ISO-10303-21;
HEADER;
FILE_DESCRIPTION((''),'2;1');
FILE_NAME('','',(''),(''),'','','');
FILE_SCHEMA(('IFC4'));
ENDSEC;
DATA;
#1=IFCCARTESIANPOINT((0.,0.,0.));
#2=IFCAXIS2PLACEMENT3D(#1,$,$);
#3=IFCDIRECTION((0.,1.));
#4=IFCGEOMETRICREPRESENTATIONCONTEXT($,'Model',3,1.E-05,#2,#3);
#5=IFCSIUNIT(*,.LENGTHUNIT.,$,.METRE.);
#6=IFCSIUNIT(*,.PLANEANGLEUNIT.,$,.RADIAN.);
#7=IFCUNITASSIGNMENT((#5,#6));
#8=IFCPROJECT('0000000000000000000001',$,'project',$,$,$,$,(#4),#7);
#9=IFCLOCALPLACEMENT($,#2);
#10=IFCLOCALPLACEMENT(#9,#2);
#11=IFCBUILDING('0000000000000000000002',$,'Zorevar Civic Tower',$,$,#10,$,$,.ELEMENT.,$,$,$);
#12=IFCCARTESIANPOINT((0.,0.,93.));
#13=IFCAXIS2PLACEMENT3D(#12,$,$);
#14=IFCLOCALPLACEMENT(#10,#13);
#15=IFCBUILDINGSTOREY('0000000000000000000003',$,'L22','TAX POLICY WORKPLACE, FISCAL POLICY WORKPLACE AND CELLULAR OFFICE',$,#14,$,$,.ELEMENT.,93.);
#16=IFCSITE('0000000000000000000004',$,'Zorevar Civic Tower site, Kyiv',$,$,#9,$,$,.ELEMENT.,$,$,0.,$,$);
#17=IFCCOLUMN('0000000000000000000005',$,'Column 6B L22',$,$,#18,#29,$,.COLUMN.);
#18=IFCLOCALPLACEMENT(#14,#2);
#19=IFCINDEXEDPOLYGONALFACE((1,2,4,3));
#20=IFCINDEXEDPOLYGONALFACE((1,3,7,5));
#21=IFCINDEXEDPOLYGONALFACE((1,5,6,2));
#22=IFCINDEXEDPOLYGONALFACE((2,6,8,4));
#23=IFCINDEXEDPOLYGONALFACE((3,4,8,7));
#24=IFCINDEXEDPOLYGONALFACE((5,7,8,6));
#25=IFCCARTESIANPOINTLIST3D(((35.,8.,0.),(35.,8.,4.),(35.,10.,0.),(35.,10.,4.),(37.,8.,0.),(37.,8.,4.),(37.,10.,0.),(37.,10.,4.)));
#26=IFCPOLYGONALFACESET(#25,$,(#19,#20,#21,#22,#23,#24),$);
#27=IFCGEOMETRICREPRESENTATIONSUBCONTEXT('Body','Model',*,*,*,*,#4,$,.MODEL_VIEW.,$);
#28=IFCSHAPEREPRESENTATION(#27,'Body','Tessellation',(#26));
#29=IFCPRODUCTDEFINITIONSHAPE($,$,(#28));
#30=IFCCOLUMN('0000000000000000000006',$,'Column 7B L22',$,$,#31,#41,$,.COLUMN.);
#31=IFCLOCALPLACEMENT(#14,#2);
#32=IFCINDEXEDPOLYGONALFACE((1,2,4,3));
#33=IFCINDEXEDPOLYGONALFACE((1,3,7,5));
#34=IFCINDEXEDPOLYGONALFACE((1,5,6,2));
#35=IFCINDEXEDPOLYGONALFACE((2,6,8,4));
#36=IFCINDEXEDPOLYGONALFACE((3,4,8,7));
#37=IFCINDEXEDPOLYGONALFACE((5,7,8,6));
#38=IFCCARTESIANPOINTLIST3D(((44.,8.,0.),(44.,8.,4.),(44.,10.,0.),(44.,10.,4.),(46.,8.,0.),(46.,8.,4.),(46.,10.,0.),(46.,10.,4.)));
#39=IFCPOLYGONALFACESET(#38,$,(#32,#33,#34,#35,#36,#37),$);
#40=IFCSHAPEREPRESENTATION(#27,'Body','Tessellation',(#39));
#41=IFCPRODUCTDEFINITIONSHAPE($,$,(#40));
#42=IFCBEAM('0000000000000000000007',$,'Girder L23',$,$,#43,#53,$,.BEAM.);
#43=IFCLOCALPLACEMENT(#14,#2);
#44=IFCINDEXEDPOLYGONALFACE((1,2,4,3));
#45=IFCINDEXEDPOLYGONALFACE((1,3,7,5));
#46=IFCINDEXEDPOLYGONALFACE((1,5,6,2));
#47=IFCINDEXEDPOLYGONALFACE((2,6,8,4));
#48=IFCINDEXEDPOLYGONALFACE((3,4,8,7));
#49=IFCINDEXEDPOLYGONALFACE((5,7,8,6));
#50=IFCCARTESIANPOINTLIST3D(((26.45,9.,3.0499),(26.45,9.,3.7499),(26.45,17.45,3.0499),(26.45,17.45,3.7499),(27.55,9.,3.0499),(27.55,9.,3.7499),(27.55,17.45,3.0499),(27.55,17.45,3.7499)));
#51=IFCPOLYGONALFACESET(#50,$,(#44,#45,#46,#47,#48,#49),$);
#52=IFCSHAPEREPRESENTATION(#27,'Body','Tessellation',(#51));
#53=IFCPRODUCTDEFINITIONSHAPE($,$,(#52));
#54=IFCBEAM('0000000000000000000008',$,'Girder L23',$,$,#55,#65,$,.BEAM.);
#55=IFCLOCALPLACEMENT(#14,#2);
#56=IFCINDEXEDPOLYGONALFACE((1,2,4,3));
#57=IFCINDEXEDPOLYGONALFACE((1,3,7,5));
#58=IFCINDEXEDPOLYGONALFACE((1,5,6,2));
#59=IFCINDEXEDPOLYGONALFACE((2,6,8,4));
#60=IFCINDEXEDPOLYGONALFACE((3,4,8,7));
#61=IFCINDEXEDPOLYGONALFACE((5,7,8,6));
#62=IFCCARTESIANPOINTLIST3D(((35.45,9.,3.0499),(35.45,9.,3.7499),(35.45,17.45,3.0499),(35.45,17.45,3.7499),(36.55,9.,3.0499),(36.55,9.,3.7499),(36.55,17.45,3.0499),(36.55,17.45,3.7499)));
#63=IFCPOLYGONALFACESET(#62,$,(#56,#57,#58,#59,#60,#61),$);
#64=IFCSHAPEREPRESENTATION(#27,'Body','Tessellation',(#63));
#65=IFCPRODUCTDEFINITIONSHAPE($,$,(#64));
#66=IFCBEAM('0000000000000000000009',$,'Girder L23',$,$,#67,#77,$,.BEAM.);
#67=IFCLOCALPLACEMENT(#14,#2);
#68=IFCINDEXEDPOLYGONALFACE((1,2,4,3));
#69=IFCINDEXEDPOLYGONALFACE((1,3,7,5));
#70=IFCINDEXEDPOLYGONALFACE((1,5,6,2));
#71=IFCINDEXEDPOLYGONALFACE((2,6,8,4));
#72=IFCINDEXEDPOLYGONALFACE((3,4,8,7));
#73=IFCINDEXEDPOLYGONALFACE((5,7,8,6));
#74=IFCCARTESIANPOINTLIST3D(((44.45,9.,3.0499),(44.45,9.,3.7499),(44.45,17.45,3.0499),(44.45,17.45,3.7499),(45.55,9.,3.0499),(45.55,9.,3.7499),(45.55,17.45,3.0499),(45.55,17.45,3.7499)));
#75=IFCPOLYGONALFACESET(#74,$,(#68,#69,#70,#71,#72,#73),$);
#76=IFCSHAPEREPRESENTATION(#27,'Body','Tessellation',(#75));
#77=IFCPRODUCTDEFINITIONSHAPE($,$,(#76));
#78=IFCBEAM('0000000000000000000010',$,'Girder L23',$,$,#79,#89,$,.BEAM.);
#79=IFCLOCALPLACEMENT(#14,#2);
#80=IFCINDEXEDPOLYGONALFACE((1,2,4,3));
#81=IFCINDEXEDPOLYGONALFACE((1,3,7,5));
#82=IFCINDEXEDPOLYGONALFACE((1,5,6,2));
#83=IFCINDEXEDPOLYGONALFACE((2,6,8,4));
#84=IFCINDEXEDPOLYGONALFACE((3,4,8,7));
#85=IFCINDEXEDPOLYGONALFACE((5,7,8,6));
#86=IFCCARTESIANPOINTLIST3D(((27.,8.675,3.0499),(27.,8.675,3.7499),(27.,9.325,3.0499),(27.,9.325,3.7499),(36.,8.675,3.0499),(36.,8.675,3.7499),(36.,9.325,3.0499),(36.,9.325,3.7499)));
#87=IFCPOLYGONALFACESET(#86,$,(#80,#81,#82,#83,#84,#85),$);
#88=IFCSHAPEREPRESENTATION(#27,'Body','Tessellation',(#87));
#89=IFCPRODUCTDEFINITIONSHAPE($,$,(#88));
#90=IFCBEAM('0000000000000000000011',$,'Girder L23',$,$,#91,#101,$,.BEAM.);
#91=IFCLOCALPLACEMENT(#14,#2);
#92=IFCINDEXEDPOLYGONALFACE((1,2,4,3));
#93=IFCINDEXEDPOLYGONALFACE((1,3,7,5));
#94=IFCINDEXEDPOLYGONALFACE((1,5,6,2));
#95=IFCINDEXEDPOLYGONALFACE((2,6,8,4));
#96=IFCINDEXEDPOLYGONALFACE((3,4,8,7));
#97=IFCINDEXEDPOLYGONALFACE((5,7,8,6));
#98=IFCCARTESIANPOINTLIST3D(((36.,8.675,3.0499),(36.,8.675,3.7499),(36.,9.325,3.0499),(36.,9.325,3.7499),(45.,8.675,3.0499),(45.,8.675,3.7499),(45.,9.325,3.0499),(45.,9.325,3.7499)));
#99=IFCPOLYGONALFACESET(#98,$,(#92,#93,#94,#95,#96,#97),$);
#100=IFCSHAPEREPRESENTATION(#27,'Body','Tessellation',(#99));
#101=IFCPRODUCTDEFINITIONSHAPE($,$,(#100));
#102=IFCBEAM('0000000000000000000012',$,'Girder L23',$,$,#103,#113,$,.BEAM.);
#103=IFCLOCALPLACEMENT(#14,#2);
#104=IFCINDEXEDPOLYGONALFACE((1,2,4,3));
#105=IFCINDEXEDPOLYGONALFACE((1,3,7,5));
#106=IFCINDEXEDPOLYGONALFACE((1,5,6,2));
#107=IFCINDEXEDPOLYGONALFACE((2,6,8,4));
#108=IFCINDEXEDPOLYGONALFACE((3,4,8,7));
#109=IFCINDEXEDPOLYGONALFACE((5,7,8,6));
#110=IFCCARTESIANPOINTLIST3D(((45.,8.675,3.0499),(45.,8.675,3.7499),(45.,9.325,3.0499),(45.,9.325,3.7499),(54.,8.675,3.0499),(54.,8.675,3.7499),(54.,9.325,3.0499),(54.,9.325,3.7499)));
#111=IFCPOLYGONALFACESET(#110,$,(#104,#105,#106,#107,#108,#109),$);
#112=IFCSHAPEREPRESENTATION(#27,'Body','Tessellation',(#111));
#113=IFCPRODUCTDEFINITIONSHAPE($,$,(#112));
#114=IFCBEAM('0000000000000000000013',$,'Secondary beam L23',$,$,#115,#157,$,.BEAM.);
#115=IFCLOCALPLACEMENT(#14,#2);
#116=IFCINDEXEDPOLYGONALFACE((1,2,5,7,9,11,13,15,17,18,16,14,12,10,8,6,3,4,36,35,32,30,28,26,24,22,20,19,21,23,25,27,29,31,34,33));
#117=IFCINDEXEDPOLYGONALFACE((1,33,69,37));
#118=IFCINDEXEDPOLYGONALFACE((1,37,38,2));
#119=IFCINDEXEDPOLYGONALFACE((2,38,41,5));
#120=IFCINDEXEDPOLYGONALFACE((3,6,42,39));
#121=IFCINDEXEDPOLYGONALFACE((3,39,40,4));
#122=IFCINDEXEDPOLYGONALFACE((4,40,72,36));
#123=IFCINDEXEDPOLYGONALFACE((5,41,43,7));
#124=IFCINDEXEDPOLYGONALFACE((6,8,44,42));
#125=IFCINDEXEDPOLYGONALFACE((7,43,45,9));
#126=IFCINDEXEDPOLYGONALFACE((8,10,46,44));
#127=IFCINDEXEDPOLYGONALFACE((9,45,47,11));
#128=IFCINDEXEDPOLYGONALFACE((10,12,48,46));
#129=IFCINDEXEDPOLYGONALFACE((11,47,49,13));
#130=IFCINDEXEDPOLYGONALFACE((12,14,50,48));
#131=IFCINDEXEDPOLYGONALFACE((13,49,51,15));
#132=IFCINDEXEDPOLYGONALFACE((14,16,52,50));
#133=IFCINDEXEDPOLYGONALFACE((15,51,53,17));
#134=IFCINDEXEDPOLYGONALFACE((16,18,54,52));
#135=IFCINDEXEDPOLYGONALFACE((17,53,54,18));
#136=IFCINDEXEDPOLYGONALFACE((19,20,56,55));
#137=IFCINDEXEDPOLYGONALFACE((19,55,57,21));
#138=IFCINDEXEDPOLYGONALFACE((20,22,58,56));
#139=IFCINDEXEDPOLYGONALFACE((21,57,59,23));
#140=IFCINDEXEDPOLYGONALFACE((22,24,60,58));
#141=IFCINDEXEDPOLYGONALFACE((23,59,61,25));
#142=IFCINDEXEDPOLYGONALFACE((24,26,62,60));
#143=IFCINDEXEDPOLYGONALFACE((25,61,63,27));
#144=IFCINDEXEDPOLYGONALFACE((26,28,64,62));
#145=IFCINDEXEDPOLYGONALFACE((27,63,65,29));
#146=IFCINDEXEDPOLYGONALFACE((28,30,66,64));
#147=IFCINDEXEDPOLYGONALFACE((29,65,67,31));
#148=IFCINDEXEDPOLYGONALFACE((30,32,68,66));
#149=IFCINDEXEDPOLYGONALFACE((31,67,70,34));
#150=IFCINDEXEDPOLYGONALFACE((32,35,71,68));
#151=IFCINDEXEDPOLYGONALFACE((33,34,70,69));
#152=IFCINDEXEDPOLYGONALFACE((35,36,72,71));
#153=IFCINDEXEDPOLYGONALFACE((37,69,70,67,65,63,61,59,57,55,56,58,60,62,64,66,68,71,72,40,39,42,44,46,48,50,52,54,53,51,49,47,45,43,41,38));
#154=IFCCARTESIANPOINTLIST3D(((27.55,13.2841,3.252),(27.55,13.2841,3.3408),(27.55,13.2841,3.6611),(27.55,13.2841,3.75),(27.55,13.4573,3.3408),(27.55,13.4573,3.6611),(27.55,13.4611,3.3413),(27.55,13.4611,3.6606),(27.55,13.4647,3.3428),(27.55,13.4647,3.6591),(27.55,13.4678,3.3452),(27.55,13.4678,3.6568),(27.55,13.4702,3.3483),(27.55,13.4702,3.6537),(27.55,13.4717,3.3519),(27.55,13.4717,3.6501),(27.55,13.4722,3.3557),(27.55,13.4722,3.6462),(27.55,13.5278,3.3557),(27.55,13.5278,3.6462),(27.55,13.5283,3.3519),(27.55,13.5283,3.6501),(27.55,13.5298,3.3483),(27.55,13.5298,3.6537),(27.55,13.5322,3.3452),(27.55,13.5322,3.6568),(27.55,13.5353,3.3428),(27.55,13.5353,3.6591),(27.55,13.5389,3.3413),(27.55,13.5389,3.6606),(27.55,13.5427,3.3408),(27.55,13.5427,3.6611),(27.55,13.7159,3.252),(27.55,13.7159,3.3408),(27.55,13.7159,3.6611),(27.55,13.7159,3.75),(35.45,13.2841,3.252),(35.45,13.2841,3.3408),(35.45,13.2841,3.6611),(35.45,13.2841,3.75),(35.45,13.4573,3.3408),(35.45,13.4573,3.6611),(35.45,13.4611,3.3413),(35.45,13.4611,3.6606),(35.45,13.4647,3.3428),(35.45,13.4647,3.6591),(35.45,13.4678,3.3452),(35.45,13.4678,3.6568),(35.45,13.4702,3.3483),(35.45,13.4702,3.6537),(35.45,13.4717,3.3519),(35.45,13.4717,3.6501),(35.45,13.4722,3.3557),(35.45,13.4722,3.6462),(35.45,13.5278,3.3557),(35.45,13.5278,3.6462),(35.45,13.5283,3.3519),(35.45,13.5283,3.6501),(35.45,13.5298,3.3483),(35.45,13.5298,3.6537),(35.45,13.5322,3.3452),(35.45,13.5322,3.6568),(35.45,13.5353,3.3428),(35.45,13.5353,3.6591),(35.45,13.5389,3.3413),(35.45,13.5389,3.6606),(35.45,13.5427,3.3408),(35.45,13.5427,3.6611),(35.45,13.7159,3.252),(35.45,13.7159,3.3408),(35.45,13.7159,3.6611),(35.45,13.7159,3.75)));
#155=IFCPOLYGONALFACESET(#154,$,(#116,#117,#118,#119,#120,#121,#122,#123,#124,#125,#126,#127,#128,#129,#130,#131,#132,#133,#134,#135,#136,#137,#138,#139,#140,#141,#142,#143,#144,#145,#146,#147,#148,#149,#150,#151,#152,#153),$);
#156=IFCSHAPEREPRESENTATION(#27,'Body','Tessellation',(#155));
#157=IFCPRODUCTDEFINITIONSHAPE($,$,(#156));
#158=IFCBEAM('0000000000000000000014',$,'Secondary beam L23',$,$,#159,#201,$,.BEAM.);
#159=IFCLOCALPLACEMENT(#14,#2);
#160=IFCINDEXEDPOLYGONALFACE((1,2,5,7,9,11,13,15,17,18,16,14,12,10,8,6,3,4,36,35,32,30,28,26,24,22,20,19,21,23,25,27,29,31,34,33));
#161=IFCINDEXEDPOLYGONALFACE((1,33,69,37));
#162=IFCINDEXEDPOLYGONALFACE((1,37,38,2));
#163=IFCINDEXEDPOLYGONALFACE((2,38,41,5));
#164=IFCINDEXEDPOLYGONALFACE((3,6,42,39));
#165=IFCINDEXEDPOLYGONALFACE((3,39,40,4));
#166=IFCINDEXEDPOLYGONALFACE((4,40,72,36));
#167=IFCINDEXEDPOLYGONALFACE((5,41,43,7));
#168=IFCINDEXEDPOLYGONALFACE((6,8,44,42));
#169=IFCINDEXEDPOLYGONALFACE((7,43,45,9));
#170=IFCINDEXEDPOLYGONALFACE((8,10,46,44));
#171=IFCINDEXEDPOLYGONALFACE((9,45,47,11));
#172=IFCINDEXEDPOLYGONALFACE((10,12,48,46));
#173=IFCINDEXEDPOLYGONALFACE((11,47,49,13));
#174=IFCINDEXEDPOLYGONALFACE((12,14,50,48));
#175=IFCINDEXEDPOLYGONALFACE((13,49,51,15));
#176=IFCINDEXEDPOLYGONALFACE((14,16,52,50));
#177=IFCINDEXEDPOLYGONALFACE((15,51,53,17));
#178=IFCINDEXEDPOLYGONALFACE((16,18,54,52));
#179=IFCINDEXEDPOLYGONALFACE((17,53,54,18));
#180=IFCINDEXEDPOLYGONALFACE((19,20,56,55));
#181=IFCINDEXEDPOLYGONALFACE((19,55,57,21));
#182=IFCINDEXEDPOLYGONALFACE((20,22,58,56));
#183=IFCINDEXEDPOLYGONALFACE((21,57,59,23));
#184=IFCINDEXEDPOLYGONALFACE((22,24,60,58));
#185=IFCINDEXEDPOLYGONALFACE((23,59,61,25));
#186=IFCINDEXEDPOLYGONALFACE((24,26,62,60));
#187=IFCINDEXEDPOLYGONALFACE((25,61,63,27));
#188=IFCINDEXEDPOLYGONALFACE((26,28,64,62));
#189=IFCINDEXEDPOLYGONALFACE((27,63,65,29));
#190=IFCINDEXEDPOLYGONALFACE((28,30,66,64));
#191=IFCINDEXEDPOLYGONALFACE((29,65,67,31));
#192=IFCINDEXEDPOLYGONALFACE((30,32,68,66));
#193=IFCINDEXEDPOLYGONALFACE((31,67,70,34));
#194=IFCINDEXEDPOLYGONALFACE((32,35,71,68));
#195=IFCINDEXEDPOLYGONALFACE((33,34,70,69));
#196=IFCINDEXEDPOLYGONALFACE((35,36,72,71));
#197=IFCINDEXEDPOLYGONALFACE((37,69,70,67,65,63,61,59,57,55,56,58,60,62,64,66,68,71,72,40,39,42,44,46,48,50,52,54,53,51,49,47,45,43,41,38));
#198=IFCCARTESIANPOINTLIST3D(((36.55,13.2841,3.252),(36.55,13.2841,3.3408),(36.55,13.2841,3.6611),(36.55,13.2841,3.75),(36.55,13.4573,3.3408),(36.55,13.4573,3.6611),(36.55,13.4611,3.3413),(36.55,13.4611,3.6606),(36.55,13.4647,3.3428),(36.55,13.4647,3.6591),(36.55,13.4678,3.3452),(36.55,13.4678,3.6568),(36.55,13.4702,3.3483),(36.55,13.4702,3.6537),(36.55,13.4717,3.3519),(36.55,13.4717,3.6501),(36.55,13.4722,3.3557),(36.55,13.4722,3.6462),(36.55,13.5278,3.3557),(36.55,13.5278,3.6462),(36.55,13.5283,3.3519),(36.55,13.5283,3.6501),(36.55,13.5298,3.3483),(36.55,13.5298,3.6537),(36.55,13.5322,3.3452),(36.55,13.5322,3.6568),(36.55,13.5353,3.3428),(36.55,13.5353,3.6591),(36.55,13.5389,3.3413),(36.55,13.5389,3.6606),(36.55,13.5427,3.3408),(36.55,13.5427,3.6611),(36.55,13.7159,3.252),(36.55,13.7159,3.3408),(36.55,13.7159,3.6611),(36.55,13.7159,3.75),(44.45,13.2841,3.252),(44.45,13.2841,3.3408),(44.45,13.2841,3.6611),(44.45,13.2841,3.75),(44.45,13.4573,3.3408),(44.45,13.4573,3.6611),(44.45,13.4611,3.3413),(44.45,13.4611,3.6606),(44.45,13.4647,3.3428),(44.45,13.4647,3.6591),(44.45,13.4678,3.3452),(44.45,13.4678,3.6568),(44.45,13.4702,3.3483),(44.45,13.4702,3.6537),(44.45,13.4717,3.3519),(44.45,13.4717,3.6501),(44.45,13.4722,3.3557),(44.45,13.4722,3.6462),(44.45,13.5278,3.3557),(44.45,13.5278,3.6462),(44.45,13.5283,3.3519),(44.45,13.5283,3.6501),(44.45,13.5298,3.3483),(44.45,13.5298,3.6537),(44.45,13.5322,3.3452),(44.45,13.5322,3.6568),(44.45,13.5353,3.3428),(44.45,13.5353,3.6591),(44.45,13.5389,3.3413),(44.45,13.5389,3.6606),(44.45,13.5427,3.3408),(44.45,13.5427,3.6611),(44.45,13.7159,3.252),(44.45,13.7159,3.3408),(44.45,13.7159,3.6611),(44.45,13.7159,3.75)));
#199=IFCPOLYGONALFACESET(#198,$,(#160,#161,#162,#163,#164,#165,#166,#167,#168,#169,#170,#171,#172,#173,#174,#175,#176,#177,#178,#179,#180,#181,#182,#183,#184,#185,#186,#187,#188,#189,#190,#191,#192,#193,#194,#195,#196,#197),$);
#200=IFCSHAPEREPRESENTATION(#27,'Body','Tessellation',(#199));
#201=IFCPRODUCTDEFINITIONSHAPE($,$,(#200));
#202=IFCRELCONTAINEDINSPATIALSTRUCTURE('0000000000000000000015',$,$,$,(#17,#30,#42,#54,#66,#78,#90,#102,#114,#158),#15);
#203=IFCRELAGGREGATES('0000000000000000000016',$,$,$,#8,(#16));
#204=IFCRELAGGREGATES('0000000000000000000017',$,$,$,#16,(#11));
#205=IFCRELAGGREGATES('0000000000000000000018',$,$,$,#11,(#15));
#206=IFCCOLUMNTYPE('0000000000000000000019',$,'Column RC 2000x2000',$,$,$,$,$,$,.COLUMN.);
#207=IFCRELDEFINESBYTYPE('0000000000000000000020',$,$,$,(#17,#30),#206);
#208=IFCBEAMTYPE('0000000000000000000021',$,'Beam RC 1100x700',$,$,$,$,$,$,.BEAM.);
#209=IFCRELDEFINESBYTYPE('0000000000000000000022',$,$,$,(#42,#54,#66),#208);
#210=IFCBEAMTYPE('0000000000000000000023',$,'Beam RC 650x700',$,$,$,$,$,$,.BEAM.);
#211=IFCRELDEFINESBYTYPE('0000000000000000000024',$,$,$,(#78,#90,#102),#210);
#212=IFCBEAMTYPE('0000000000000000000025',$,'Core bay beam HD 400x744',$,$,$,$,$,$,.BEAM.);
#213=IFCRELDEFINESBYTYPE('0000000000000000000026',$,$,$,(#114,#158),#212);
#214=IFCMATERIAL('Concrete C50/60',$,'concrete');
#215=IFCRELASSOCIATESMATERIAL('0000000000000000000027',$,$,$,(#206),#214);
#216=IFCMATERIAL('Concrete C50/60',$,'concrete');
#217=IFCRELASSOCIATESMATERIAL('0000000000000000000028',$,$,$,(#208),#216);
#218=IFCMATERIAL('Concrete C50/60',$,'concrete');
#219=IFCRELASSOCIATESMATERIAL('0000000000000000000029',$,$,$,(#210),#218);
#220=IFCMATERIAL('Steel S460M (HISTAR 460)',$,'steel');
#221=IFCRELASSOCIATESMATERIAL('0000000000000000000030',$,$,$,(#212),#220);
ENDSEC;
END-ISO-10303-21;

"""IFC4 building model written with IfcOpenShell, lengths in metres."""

from ifc_helpers import new_model, si_unit, direction, frame, origin, origin_2d, place, context, subcontext, project, spatial, rectangle, i_section, extrude, material, material_profile, profile_set, type_object, element, save


model = new_model("IFC4")

# Units and contexts
model_context = context("Model", 3, precision=1e-05, world=origin(), true_north=direction((0.0, 1.0)))
body_context = subcontext(model_context, "Body", "Model", "MODEL_VIEW")
ifc_project = project(units=[si_unit("LENGTHUNIT", "METRE"), si_unit("PLANEANGLEUNIT", "RADIAN")], contexts=[model_context])

# Site, building, storey
site_placement = place(None, origin())
site = spatial("IfcSite", under=ifc_project, at=site_placement, Name="Zorevar Civic Tower site, Kyiv", CompositionType="ELEMENT", RefElevation=0.0)
building_placement = place(site_placement, origin())
building = spatial("IfcBuilding", under=site, at=building_placement, Name="Zorevar Civic Tower", CompositionType="ELEMENT")
storey_placement = place(building_placement, frame((0.0, 0.0, 93.0)))
storey = spatial("IfcBuildingStorey", under=building, at=storey_placement, Name="L22", Description="TAX POLICY WORKPLACE, FISCAL POLICY WORKPLACE AND CELLULAR OFFICE", CompositionType="ELEMENT", Elevation=93.0)

# Columns
ifc_material_1 = material(Name="Concrete C50/60", Category="concrete")
ifc_material_profile_1 = material_profile(ifc_material_1, rectangle(XDim=2.0, YDim=2.0, at=origin_2d()), Name="RC 2000x2000")
ifc_profile_set_1 = profile_set([ifc_material_profile_1], Name="Concrete C50/60")
column_type = type_object("IfcColumnType", Name="Column RC 2000x2000", PredefinedType="COLUMN", material=ifc_profile_set_1)
for number, where, z_axis, x_axis, name in (
    (1, (36.0, 9.0, 0.0), (0.0, 0.0, 1.0), (1.0, 0.0, 0.0), "Column 6B L22"),
    (2, (45.0, 9.0, 0.0), (0.0, 0.0, 1.0), (1.0, 0.0, 0.0), "Column 7B L22"),
):
    element("IfcColumn", number, at=place(storey_placement, frame(where, z_axis=z_axis, x_axis=x_axis)), inside=storey, type_object=column_type, Name=name, PredefinedType="COLUMN", context=body_context, shape_type="SweptSolid", body=[
        extrude(rectangle(XDim=2.0, YDim=2.0, at=origin_2d()), origin(), (0.0, 0.0, 1.0), 4.0),
    ])

# Beams
ifc_material_2 = material(Name="Concrete C50/60", Category="concrete")
ifc_material_profile_2 = material_profile(ifc_material_2, rectangle(XDim=1.1001, YDim=0.7, at=origin_2d()), Name="RC 1100x700")
ifc_profile_set_2 = profile_set([ifc_material_profile_2], Name="Concrete C50/60")
beam_type_1 = type_object("IfcBeamType", Name="Beam RC 1100x700", PredefinedType="BEAM", material=ifc_profile_set_2)
for number, where, z_axis, x_axis, name in (
    (3, (27.0, 9.0, 3.3999), (0.0, 1.0, 0.0), (-1.0, 0.0, 0.0), "Girder L23"),
    (4, (36.0, 9.0, 3.3999), (0.0, 1.0, 0.0), (-1.0, 0.0, 0.0), "Girder L23"),
    (5, (45.0, 9.0, 3.3999), (0.0, 1.0, 0.0), (-1.0, 0.0, 0.0), "Girder L23"),
):
    element("IfcBeam", number, at=place(storey_placement, frame(where, z_axis=z_axis, x_axis=x_axis)), inside=storey, type_object=beam_type_1, Name=name, PredefinedType="BEAM", context=body_context, shape_type="SweptSolid", body=[
        extrude(rectangle(XDim=1.1001, YDim=0.7, at=origin_2d()), origin(), (0.0, 0.0, 1.0), 8.45),
    ])
ifc_material_3 = material(Name="Concrete C50/60", Category="concrete")
ifc_material_profile_3 = material_profile(ifc_material_3, rectangle(XDim=0.6499, YDim=0.7, at=origin_2d()), Name="RC 650x700")
ifc_profile_set_3 = profile_set([ifc_material_profile_3], Name="Concrete C50/60")
beam_type_2 = type_object("IfcBeamType", Name="Beam RC 650x700", PredefinedType="BEAM", material=ifc_profile_set_3)
for number, where, z_axis, x_axis, name in (
    (6, (27.0, 9.0, 3.3999), (1.0, 0.0, 0.0), (0.0, 1.0, 0.0), "Girder L23"),
    (7, (36.0, 9.0, 3.3999), (1.0, 0.0, 0.0), (0.0, 1.0, 0.0), "Girder L23"),
    (8, (45.0, 9.0, 3.3999), (1.0, 0.0, 0.0), (0.0, 1.0, 0.0), "Girder L23"),
):
    element("IfcBeam", number, at=place(storey_placement, frame(where, z_axis=z_axis, x_axis=x_axis)), inside=storey, type_object=beam_type_2, Name=name, PredefinedType="BEAM", context=body_context, shape_type="SweptSolid", body=[
        extrude(rectangle(XDim=0.6499, YDim=0.7, at=origin_2d()), origin(), (0.0, 0.0, 1.0), 9.0),
    ])
ifc_material_4 = material(Name="Steel S460M (HISTAR 460)", Category="steel")
ifc_material_profile_4 = material_profile(ifc_material_4, i_section(OverallWidth=0.4319, OverallDepth=0.498, WebThickness=0.0557, FlangeThickness=0.0889, FilletRadius=0.0149, at=origin_2d()), Name="HD 400x744")
ifc_profile_set_4 = profile_set([ifc_material_profile_4], Name="Steel S460M (HISTAR 460)")
beam_type_3 = type_object("IfcBeamType", Name="Core bay beam HD 400x744", PredefinedType="BEAM", material=ifc_profile_set_4)
for number, where, z_axis, x_axis, name in (
    (9, (27.55, 13.5, 3.501), (1.0, 0.0, 0.0), (0.0, 1.0, 0.0), "Secondary beam L23"),
    (10, (36.55, 13.5, 3.501), (1.0, 0.0, 0.0), (0.0, 1.0, 0.0), "Secondary beam L23"),
):
    element("IfcBeam", number, at=place(storey_placement, frame(where, z_axis=z_axis, x_axis=x_axis)), inside=storey, type_object=beam_type_3, Name=name, PredefinedType="BEAM", context=body_context, shape_type="SweptSolid", body=[
        extrude(i_section(OverallWidth=0.4319, OverallDepth=0.498, WebThickness=0.0557, FlangeThickness=0.0889, FilletRadius=0.0149, at=origin_2d()), origin(), (0.0, 0.0, 1.0), 7.8999),
    ])

save(model, "model.ifc")
